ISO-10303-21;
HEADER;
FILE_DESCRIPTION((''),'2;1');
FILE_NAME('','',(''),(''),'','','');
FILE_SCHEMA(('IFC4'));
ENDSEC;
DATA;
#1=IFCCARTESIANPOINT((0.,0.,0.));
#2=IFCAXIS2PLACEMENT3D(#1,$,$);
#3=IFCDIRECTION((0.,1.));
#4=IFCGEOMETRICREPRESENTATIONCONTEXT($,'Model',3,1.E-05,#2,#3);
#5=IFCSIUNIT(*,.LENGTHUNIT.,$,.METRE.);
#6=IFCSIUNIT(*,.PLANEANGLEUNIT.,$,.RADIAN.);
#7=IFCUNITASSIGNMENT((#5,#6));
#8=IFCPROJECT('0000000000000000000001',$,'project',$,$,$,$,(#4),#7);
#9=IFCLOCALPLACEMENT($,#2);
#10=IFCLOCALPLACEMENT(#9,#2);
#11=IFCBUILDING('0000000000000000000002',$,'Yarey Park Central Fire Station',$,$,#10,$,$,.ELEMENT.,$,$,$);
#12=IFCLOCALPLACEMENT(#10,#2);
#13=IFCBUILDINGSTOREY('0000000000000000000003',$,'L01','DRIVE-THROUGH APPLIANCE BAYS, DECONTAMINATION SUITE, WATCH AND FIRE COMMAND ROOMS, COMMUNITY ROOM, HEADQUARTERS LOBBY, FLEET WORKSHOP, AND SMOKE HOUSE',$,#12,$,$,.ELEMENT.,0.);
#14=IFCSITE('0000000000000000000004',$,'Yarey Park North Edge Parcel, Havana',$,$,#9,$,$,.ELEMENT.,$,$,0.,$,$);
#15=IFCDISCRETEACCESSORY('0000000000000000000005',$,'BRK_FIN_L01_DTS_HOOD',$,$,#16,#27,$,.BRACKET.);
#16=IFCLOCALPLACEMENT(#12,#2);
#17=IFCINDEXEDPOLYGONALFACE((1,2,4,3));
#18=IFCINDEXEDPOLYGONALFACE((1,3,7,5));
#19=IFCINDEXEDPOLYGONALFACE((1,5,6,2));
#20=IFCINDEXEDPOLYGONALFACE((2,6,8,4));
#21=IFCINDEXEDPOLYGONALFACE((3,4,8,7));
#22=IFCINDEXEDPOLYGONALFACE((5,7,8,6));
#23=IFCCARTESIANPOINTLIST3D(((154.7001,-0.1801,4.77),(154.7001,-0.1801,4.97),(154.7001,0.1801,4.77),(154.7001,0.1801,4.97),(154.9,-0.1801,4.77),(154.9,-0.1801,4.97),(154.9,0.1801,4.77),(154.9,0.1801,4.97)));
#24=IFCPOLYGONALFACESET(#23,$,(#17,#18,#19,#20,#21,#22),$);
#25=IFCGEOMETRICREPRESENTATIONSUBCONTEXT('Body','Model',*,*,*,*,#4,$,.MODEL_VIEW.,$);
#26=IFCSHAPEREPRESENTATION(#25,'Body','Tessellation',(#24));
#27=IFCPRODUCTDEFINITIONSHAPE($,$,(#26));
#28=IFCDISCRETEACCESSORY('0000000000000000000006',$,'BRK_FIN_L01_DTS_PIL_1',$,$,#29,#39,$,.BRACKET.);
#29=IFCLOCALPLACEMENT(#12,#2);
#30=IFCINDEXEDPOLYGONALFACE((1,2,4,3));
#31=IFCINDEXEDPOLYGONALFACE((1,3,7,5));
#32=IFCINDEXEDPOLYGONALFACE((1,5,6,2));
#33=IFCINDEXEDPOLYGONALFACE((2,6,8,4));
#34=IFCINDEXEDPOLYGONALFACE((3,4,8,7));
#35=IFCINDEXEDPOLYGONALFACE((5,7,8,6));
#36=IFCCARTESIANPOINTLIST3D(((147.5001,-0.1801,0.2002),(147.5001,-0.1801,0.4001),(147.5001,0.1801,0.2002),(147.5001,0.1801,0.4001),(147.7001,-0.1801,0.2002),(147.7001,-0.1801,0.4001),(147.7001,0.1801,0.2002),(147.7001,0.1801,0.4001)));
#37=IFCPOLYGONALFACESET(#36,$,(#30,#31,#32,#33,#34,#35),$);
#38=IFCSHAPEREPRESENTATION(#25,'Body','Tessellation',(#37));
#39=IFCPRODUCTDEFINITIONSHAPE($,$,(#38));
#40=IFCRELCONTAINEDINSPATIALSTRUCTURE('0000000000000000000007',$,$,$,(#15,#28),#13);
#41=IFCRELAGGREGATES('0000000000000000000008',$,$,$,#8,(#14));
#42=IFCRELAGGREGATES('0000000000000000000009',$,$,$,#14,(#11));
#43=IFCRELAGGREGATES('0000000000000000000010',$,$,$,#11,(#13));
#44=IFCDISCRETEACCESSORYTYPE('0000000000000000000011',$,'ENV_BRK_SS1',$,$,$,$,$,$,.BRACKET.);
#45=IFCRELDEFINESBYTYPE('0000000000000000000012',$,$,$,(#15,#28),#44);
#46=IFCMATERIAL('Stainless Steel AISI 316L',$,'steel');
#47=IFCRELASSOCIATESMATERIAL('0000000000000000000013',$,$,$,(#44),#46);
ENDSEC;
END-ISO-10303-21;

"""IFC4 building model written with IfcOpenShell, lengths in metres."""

from ifc_helpers import new_model, si_unit, direction, frame, origin, origin_2d, place, context, subcontext, project, spatial, rectangle, extrude, material, type_object, element, save


model = new_model("IFC4")

# Units and contexts
model_context = context("Model", 3, precision=1e-05, world=origin(), true_north=direction((0.0, 1.0)))
body_context = subcontext(model_context, "Body", "Model", "MODEL_VIEW")
ifc_project = project(units=[si_unit("LENGTHUNIT", "METRE"), si_unit("PLANEANGLEUNIT", "RADIAN")], contexts=[model_context])

# Site, building, storey
site_placement = place(None, origin())
site = spatial("IfcSite", under=ifc_project, at=site_placement, Name="Yarey Park North Edge Parcel, Havana", CompositionType="ELEMENT", RefElevation=0.0)
building_placement = place(site_placement, origin())
building = spatial("IfcBuilding", under=site, at=building_placement, Name="Yarey Park Central Fire Station", CompositionType="ELEMENT")
storey_placement = place(building_placement, origin())
storey = spatial("IfcBuildingStorey", under=building, at=storey_placement, Name="L01", Description="DRIVE-THROUGH APPLIANCE BAYS, DECONTAMINATION SUITE, WATCH AND FIRE COMMAND ROOMS, COMMUNITY ROOM, HEADQUARTERS LOBBY, FLEET WORKSHOP, AND SMOKE HOUSE", CompositionType="ELEMENT", Elevation=0.0)

# Shared definitions
ifc_material_1 = material(Name="Stainless Steel AISI 316L", Category="steel")

# Discrete accessories
discrete_accessory_type = type_object("IfcDiscreteAccessoryType", Name="ENV_BRK_SS1", PredefinedType="BRACKET", material=ifc_material_1)
for number, where, z_axis, x_axis, name in (
    (1, (154.8, 0.0, 4.77), (0.0, 0.0, 1.0), (1.0, 0.0, 0.0), "BRK_FIN_L01_DTS_HOOD"),
    (2, (147.6001, 0.0, 0.2002), (0.0, 0.0, 1.0), (1.0, 0.0, 0.0), "BRK_FIN_L01_DTS_PIL_1"),
):
    element("IfcDiscreteAccessory", number, at=place(storey_placement, frame(where, z_axis=z_axis, x_axis=x_axis)), inside=storey, type_object=discrete_accessory_type, Name=name, PredefinedType="BRACKET", context=body_context, shape_type="SweptSolid", body=[
        extrude(rectangle(XDim=0.2, YDim=0.3601, at=origin_2d()), origin(), (0.0, 0.0, 1.0), 0.2),
    ])

save(model, "model.ifc")
